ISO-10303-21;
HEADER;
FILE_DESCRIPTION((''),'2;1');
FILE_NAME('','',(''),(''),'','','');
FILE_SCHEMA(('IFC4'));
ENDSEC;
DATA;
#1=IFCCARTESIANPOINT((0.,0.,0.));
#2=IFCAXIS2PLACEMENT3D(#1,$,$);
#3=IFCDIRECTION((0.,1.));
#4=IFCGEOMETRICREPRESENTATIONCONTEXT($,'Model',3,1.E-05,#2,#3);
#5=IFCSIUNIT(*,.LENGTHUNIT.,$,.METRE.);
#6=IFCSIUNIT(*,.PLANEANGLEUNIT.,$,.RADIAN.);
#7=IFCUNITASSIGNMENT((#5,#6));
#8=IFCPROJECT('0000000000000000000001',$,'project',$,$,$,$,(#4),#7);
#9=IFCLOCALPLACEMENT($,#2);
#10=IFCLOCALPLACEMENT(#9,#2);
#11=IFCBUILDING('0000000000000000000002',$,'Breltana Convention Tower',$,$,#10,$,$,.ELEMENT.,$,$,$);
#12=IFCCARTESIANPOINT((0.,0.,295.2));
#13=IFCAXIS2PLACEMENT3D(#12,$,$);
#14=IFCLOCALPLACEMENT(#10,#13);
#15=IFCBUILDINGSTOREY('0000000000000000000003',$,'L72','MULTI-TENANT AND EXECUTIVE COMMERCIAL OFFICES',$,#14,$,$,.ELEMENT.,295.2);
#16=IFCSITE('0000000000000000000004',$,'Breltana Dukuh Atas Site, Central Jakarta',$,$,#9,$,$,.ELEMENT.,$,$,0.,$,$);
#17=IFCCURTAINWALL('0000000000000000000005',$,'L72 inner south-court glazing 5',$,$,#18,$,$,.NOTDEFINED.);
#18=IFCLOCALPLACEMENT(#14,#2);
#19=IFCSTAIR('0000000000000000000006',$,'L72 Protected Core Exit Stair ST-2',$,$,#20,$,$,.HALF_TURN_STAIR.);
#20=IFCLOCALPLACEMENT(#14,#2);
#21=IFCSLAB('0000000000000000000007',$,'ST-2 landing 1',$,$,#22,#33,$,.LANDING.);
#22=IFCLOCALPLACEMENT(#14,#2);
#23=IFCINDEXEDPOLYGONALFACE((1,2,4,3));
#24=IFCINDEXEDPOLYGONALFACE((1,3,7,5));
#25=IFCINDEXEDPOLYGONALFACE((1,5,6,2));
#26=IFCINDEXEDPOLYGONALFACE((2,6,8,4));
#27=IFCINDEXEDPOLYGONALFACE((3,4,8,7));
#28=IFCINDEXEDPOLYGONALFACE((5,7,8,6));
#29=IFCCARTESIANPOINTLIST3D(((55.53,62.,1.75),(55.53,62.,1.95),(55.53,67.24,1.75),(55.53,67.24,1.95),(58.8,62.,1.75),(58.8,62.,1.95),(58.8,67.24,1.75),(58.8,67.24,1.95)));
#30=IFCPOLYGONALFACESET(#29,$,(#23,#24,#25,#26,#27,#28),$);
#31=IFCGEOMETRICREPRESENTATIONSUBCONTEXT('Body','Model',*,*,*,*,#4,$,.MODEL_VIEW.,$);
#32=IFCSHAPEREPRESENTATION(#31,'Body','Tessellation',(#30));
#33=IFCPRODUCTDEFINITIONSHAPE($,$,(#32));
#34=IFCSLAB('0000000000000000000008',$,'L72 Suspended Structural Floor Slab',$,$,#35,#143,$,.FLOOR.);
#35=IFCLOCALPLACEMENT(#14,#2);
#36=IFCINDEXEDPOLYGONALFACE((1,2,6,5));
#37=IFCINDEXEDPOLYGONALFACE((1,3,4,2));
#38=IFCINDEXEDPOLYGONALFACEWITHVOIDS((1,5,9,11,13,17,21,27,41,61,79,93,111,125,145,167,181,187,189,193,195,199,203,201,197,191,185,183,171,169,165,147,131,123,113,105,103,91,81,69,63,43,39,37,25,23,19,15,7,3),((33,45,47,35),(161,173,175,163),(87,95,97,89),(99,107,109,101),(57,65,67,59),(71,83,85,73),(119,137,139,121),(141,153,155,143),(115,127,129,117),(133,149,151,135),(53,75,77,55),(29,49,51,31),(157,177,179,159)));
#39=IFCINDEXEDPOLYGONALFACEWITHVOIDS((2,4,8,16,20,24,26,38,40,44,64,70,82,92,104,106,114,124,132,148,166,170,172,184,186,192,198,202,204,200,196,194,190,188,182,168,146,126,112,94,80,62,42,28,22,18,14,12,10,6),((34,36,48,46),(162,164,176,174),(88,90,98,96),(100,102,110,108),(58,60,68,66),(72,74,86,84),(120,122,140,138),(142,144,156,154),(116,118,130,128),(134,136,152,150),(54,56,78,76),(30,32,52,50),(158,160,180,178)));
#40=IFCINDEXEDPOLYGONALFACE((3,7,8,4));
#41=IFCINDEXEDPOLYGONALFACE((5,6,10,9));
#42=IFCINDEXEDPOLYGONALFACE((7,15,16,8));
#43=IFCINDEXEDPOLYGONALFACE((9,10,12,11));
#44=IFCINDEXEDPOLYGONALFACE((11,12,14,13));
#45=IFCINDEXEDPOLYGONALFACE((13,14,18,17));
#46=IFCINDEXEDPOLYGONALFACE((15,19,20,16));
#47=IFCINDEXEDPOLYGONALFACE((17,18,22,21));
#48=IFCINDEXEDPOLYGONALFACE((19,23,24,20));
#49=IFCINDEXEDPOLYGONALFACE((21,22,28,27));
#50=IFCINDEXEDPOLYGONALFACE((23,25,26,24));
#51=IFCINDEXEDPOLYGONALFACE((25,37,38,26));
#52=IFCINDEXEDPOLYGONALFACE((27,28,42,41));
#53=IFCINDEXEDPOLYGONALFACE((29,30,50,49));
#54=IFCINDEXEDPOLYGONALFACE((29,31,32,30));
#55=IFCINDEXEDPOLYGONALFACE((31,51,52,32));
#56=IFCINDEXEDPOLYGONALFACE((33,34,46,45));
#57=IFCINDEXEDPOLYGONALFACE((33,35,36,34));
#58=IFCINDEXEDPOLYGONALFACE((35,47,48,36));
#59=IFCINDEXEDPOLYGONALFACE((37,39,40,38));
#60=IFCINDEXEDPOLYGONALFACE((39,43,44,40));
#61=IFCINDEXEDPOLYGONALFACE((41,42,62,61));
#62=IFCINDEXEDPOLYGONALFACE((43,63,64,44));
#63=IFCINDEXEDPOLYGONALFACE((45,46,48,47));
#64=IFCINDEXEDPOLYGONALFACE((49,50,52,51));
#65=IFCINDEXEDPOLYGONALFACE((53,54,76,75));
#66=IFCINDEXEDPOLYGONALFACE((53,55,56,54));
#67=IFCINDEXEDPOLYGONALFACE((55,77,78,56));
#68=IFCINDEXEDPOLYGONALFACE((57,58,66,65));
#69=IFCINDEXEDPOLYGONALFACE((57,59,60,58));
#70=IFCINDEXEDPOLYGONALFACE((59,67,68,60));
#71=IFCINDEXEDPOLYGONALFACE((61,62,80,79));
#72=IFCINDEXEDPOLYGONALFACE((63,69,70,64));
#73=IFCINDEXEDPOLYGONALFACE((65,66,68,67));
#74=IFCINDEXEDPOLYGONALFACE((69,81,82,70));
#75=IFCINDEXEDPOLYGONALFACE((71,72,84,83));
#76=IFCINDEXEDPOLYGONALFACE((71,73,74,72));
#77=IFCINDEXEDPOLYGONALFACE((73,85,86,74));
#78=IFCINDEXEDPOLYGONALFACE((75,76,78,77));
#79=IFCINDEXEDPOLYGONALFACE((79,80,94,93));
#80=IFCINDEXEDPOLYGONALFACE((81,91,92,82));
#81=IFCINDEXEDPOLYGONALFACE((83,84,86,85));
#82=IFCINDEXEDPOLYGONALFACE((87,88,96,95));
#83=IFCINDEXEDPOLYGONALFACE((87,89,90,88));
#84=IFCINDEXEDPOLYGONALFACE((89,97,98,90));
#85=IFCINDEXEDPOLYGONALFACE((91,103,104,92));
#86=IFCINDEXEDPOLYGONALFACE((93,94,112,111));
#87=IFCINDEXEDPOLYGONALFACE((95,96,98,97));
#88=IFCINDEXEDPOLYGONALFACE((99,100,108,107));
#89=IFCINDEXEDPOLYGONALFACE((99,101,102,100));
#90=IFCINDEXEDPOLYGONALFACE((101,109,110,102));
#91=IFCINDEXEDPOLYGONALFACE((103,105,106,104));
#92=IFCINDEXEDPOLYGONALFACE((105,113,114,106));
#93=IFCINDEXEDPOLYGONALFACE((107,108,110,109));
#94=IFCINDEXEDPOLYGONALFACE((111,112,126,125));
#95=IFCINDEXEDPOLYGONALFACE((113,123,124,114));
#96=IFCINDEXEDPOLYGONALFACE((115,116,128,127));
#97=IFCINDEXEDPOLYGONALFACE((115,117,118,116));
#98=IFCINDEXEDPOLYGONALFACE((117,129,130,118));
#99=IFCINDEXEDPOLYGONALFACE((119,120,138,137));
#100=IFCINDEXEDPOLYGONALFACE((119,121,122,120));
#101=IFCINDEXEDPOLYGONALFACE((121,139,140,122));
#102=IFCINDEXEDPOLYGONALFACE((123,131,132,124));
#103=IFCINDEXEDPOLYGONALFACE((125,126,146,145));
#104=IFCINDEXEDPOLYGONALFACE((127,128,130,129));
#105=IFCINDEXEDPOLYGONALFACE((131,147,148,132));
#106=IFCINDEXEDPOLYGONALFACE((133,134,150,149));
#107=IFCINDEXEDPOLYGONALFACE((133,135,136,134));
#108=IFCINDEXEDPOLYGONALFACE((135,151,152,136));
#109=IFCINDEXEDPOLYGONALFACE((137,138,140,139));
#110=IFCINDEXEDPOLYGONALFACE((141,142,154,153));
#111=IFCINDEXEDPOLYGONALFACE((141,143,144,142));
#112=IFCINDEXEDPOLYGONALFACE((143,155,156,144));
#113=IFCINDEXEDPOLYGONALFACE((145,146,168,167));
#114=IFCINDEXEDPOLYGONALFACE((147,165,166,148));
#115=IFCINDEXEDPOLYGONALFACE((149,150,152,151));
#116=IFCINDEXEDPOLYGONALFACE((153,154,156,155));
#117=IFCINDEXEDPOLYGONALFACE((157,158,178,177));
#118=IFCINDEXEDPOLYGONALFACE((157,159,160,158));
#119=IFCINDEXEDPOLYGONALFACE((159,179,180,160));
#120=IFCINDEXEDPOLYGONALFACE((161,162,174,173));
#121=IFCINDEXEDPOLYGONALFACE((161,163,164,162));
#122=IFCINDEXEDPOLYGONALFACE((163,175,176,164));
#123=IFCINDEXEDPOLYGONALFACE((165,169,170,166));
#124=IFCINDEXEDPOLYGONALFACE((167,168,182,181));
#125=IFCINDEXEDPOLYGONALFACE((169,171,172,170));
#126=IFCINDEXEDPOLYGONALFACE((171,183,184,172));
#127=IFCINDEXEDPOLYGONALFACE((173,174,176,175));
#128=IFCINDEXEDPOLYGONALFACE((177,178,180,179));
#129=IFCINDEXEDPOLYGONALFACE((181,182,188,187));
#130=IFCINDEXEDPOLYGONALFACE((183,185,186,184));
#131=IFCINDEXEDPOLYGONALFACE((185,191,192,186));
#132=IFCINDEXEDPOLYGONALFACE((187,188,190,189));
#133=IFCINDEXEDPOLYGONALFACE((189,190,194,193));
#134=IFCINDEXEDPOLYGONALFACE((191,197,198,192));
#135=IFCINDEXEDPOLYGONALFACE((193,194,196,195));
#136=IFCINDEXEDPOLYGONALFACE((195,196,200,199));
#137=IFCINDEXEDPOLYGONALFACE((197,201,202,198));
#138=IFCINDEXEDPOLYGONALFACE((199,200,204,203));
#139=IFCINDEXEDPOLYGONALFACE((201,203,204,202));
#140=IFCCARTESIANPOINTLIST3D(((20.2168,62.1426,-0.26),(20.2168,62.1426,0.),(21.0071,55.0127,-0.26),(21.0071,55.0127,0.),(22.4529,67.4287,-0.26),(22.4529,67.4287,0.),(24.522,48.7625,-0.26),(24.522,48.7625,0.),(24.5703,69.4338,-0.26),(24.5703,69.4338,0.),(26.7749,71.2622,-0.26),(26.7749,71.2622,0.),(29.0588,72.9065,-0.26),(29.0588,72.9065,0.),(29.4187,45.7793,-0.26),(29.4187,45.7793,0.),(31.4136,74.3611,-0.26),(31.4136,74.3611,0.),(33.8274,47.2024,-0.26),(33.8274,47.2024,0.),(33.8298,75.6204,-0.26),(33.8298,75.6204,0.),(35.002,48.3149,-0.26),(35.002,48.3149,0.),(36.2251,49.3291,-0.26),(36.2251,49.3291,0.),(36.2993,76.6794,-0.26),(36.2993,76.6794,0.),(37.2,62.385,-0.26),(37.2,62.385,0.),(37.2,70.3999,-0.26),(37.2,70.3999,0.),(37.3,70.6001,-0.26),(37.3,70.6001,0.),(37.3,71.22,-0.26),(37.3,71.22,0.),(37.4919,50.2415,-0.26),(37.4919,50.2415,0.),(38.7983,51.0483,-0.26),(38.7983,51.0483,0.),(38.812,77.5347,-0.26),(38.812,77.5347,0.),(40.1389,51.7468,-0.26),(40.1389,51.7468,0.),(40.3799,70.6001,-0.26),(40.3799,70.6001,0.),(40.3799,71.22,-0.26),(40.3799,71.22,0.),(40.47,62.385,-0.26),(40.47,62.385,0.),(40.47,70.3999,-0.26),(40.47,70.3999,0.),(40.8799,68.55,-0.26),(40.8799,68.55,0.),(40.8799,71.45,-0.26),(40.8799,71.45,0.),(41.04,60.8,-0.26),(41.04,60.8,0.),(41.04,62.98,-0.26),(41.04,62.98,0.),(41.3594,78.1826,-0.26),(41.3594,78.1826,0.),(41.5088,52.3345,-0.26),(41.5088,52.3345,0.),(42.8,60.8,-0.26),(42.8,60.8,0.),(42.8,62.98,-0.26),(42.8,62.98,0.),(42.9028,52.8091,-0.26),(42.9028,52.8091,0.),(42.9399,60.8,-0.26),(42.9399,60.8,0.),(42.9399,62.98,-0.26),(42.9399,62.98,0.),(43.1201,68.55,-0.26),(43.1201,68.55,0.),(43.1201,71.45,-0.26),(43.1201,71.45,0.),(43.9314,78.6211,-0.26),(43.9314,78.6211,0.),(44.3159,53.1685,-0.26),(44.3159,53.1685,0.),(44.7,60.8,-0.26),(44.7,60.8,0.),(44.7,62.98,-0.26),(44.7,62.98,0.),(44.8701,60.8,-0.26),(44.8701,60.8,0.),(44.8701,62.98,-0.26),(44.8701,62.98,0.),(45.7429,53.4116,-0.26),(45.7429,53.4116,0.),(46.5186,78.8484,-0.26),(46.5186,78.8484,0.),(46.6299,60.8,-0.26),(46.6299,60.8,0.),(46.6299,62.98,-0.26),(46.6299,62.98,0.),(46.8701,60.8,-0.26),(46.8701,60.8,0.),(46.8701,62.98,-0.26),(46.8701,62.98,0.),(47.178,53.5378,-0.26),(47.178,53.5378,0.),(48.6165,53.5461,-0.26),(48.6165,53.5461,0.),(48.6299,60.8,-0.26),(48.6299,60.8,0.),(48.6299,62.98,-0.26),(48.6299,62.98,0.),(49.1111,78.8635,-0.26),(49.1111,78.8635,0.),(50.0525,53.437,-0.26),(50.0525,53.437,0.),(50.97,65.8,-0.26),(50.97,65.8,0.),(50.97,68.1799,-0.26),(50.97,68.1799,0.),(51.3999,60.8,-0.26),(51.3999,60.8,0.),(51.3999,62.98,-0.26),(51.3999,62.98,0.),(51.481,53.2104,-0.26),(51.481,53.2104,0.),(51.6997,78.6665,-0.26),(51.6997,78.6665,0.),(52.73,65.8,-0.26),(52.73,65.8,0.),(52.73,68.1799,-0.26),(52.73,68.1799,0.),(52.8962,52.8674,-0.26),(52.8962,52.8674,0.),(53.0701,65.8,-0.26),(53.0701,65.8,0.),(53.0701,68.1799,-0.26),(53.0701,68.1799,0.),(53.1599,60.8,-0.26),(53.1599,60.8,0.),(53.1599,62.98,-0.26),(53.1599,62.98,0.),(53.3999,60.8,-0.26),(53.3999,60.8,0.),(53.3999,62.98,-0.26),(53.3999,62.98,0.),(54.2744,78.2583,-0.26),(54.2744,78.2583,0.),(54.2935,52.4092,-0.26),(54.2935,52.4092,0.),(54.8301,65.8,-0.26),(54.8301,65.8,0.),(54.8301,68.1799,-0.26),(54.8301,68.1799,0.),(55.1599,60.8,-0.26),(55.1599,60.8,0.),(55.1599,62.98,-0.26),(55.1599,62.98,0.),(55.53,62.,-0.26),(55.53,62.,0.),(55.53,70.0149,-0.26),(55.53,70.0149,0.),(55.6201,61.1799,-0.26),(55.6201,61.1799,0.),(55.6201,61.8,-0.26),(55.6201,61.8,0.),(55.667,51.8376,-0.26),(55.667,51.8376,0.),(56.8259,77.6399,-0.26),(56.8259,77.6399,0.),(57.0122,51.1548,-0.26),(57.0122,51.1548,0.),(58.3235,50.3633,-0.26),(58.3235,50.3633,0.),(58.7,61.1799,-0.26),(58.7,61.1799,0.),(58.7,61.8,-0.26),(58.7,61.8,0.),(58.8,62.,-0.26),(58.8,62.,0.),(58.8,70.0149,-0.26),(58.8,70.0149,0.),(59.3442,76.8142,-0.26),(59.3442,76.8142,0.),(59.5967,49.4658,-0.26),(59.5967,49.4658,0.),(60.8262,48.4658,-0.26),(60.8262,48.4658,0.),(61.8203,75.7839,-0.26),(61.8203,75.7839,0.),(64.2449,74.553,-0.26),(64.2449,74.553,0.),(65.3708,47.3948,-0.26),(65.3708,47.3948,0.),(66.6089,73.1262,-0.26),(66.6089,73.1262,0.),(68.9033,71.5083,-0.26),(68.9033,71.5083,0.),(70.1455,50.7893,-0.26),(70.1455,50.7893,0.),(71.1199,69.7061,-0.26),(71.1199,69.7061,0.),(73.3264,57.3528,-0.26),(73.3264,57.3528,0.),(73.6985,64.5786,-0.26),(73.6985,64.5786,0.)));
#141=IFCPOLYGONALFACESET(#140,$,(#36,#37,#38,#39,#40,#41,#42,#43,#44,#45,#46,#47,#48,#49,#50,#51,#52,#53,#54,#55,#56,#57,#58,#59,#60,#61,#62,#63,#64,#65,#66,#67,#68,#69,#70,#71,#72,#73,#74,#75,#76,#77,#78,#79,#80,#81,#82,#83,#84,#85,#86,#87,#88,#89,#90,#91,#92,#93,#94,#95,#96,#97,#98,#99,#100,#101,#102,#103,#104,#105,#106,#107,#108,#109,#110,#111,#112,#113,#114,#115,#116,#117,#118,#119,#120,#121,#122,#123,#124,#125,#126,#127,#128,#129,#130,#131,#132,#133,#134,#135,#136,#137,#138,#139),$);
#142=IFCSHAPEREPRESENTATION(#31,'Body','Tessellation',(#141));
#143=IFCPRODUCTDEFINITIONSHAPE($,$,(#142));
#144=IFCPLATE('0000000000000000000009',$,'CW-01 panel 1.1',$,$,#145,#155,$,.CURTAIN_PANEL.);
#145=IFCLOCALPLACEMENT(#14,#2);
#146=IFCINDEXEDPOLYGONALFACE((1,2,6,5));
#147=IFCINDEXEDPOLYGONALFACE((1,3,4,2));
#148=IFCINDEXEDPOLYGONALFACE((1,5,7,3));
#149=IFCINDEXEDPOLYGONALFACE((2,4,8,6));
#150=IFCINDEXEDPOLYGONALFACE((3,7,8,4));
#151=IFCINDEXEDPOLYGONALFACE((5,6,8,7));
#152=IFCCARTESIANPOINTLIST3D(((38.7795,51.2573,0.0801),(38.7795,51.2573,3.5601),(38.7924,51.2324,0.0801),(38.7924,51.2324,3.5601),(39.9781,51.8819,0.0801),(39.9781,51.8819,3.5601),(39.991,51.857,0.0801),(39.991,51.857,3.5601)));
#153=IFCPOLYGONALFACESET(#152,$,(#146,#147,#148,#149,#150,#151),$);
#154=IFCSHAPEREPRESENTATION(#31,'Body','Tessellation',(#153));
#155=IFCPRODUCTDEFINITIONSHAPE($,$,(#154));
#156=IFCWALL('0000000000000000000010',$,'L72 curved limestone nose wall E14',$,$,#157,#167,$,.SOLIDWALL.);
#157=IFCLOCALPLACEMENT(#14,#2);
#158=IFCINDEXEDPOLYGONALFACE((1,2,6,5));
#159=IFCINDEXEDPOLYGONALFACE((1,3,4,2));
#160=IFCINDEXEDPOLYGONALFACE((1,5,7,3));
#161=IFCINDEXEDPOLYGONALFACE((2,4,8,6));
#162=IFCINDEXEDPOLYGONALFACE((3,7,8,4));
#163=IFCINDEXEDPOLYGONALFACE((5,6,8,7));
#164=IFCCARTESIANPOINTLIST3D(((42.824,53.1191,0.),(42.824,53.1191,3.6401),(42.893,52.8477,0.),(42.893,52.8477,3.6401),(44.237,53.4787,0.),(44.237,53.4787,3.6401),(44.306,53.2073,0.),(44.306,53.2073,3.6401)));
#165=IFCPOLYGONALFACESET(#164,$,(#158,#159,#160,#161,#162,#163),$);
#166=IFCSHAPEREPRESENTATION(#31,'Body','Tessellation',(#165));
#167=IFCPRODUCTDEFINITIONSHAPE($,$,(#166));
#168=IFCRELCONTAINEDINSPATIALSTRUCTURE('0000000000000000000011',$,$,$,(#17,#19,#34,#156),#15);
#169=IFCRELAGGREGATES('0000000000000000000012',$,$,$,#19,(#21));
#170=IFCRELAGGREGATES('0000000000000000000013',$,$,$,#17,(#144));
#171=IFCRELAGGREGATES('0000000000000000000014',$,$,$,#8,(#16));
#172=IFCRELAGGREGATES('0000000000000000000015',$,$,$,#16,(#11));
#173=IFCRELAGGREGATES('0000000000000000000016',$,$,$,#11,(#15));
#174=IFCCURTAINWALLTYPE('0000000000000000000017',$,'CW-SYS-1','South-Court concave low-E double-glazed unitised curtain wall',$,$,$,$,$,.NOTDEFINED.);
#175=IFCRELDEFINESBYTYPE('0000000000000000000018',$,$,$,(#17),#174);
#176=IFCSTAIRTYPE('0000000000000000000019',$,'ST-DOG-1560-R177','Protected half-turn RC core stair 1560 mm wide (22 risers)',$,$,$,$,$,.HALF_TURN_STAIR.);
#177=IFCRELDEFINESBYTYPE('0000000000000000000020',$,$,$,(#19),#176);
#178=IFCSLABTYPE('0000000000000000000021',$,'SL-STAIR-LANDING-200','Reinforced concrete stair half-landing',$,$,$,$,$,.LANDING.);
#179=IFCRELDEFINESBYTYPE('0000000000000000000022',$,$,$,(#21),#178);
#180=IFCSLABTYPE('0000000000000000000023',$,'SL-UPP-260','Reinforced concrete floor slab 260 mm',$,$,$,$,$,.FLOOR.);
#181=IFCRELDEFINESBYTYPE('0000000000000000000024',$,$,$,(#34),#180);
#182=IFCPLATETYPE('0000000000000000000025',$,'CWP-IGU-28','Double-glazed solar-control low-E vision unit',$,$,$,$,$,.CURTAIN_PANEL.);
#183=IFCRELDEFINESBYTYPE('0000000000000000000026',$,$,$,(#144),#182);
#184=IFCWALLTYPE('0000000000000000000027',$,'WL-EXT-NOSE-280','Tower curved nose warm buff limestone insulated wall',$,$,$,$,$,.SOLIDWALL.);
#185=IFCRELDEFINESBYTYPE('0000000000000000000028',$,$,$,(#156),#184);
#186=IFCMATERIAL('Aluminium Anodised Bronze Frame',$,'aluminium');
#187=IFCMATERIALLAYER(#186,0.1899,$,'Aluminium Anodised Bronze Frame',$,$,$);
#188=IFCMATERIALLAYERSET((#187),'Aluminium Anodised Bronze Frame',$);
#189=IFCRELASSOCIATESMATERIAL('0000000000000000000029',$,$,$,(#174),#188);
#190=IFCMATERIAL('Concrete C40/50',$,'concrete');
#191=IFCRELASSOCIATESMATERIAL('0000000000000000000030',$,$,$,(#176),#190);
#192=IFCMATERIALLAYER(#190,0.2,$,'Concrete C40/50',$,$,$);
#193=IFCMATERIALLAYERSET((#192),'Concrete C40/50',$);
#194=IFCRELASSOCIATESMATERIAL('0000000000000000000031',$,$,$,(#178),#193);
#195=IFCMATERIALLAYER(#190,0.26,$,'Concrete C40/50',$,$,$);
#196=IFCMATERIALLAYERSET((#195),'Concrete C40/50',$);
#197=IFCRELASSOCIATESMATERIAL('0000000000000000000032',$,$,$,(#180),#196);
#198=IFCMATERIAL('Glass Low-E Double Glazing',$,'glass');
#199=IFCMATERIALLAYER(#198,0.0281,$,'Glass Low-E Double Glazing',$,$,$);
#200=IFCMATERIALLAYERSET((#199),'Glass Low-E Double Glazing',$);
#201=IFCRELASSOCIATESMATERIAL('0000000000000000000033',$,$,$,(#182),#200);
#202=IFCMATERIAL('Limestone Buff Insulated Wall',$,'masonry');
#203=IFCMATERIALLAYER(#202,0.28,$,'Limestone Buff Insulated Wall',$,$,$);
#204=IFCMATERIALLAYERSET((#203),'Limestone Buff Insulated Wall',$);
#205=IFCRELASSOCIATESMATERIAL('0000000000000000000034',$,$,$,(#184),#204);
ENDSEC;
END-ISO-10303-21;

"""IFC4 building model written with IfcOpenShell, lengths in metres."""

from ifc_helpers import new_model, si_unit, direction, frame, frame_2d, origin, origin_2d, place, context, subcontext, project, spatial, polyline, rectangle, outline, extrude, source, transform, mapped, material, layer, layer_set, type_object, element, aggregate, save


model = new_model("IFC4")

# Units and contexts
model_context = context("Model", 3, precision=1e-05, world=origin(), true_north=direction((0.0, 1.0)))
body_context = subcontext(model_context, "Body", "Model", "MODEL_VIEW")
ifc_project = project(units=[si_unit("LENGTHUNIT", "METRE"), si_unit("PLANEANGLEUNIT", "RADIAN")], contexts=[model_context])

# Site, building, storey
site_placement = place(None, origin())
site = spatial("IfcSite", under=ifc_project, at=site_placement, Name="Breltana Dukuh Atas Site, Central Jakarta", CompositionType="ELEMENT", RefElevation=0.0)
building_placement = place(site_placement, origin())
building = spatial("IfcBuilding", under=site, at=building_placement, Name="Breltana Convention Tower", CompositionType="ELEMENT")
storey_placement = place(building_placement, frame((0.0, 0.0, 295.2)))
storey = spatial("IfcBuildingStorey", under=building, at=storey_placement, Name="L72", Description="MULTI-TENANT AND EXECUTIVE COMMERCIAL OFFICES", CompositionType="ELEMENT", Elevation=295.2)

# Curtain wall
ifc_material_1 = material(Name="Aluminium Anodised Bronze Frame", Category="aluminium")
ifc_layer_1 = layer(ifc_material_1, 0.1899, Name="Aluminium Anodised Bronze Frame")
ifc_layer_set_1 = layer_set([ifc_layer_1], Name="Aluminium Anodised Bronze Frame")
curtain_wall_type = type_object("IfcCurtainWallType", Name="CW-SYS-1", Description="South-Court concave low-E double-glazed unitised curtain wall", PredefinedType="NOTDEFINED", material=ifc_layer_set_1)
curtain_wall_placement = place(storey_placement, origin())
curtain_wall = element("IfcCurtainWall", 1, at=curtain_wall_placement, inside=storey, type_object=curtain_wall_type, Name="L72 inner south-court glazing 5", PredefinedType="NOTDEFINED")

# Stair, slab
ifc_material_2 = material(Name="Concrete C40/50", Category="concrete")
stair_type = type_object("IfcStairType", Name="ST-DOG-1560-R177", Description="Protected half-turn RC core stair 1560 mm wide (22 risers)", PredefinedType="HALF_TURN_STAIR", material=ifc_material_2)
ifc_layer_2 = layer(ifc_material_2, 0.2, Name="Concrete C40/50")
ifc_layer_set_2 = layer_set([ifc_layer_2], Name="Concrete C40/50")
slab_type_1 = type_object("IfcSlabType", Name="SL-STAIR-LANDING-200", Description="Reinforced concrete stair half-landing", PredefinedType="LANDING", material=ifc_layer_set_2)
stair_1_placement = place(storey_placement, origin())
stair_1 = element("IfcStair", 2, at=stair_1_placement, inside=storey, type_object=stair_type, Name="L72 Protected Core Exit Stair ST-2", PredefinedType="HALF_TURN_STAIR")
slab_1_placement = place(storey_placement, frame((0.0, 0.0, 1.75)))
slab_1 = element("IfcSlab", 3, at=slab_1_placement, type_object=slab_type_1, Name="ST-2 landing 1", PredefinedType="LANDING", context=body_context, shape_type="SweptSolid", body=[
    extrude(outline(polyline([(55.53, 67.24), (55.53, 62.0), (58.8, 62.0), (58.8, 67.24), (55.53, 67.24)])), origin(), (0.0, 0.0, 1.0), 0.2),
])
aggregate(stair_1, [slab_1])

# Slab
ifc_layer_3 = layer(ifc_material_2, 0.26, Name="Concrete C40/50")
ifc_layer_set_3 = layer_set([ifc_layer_3], Name="Concrete C40/50")
slab_type_2 = type_object("IfcSlabType", Name="SL-UPP-260", Description="Reinforced concrete floor slab 260 mm", PredefinedType="FLOOR", material=ifc_layer_set_3)
slab_2_placement = place(storey_placement, frame((0.0, 0.0, -0.26)))
element("IfcSlab", 4, at=slab_2_placement, inside=storey, type_object=slab_type_2, Name="L72 Suspended Structural Floor Slab", PredefinedType="FLOOR", context=body_context, shape_type="SweptSolid", body=[
    extrude(outline(polyline([(71.1199, 69.7061), (68.9033, 71.5083), (66.6089, 73.1262), (64.2449, 74.553), (61.8203, 75.7839), (59.3442, 76.8142), (56.8259, 77.6399), (54.2744, 78.2583), (51.6997, 78.6665), (49.1111, 78.8635), (46.5186, 78.8484), (43.9314, 78.6211), (41.3594, 78.1826), (38.812, 77.5347), (36.2993, 76.6794), (33.8298, 75.6204), (31.4136, 74.3611), (29.0588, 72.9065), (26.7749, 71.2622), (24.5703, 69.4338), (22.4529, 67.4287), (20.2168, 62.1426), (21.0071, 55.0127), (24.522, 48.7625), (29.4187, 45.7793), (33.8274, 47.2024), (35.002, 48.3149), (36.2251, 49.3291), (37.4919, 50.2415), (38.7983, 51.0483), (40.1389, 51.7468), (41.5088, 52.3345), (42.9028, 52.8091), (44.3159, 53.1685), (45.7429, 53.4116), (47.178, 53.5378), (48.6165, 53.5461), (50.0525, 53.437), (51.481, 53.2104), (52.8962, 52.8674), (54.2935, 52.4092), (55.667, 51.8376), (57.0122, 51.1548), (58.3235, 50.3633), (59.5967, 49.4658), (60.8262, 48.4658), (65.3708, 47.3948), (70.1455, 50.7893), (73.3264, 57.3528), (73.6985, 64.5786), (71.1199, 69.7061)]), holes=[polyline([(37.2, 62.385), (40.47, 62.385), (40.47, 70.3999), (37.2, 70.3999), (37.2, 62.385)]), polyline([(55.53, 62.0), (58.8, 62.0), (58.8, 70.0149), (55.53, 70.0149), (55.53, 62.0)]), polyline([(41.04, 60.8), (42.8, 60.8), (42.8, 62.98), (41.04, 62.98), (41.04, 60.8)]), polyline([(42.9399, 60.8), (44.7, 60.8), (44.7, 62.98), (42.9399, 62.98), (42.9399, 60.8)]), polyline([(44.8701, 60.8), (46.6299, 60.8), (46.6299, 62.98), (44.8701, 62.98), (44.8701, 60.8)]), polyline([(46.8701, 60.8), (48.6299, 60.8), (48.6299, 62.98), (46.8701, 62.98), (46.8701, 60.8)]), polyline([(51.3999, 60.8), (53.1599, 60.8), (53.1599, 62.98), (51.3999, 62.98), (51.3999, 60.8)]), polyline([(53.3999, 60.8), (55.1599, 60.8), (55.1599, 62.98), (53.3999, 62.98), (53.3999, 60.8)]), polyline([(50.97, 65.8), (52.73, 65.8), (52.73, 68.1799), (50.97, 68.1799), (50.97, 65.8)]), polyline([(53.0701, 65.8), (54.8301, 65.8), (54.8301, 68.1799), (53.0701, 68.1799), (53.0701, 65.8)]), polyline([(40.8799, 68.55), (43.1201, 68.55), (43.1201, 71.45), (40.8799, 71.45), (40.8799, 68.55)]), polyline([(37.3, 70.6001), (40.3799, 70.6001), (40.3799, 71.22), (37.3, 71.22), (37.3, 70.6001)]), polyline([(55.6201, 61.1799), (58.7, 61.1799), (58.7, 61.8), (55.6201, 61.8), (55.6201, 61.1799)])]), origin(), (0.0, 0.0, 1.0), 0.26),
])

# Plate
ifc_material_3 = material(Name="Glass Low-E Double Glazing", Category="glass")
ifc_layer_4 = layer(ifc_material_3, 0.0281, Name="Glass Low-E Double Glazing")
ifc_layer_set_4 = layer_set([ifc_layer_4], Name="Glass Low-E Double Glazing")
plate_type = type_object("IfcPlateType", Name="CWP-IGU-28", Description="Double-glazed solar-control low-E vision unit", PredefinedType="CURTAIN_PANEL", material=ifc_layer_set_4)
shared_shape_1 = source(origin(), body_context, "Body", "SweptSolid", [
    extrude(rectangle(XDim=1.3516, YDim=0.0281, at=origin_2d()), origin(), (0.0, 0.0, 1.0), 3.48),
])
plate_placement = place(storey_placement, frame((39.3853, 51.5571, 0.0801), z_axis=(0.0, 0.0, 1.0), x_axis=(-0.886827, -0.462102, 0.0)))
plate = element("IfcPlate", 5, at=plate_placement, type_object=plate_type, Name="CW-01 panel 1.1", PredefinedType="CURTAIN_PANEL", context=body_context, shape_type="MappedRepresentation", body=[
    mapped(shared_shape_1, transform((0.0, 0.0, 0.0), scale=1.0)),
])
aggregate(curtain_wall, [plate])

# Wall
ifc_material_4 = material(Name="Limestone Buff Insulated Wall", Category="masonry")
ifc_layer_5 = layer(ifc_material_4, 0.28, Name="Limestone Buff Insulated Wall")
ifc_layer_set_5 = layer_set([ifc_layer_5], Name="Limestone Buff Insulated Wall")
wall_type_1 = type_object("IfcWallType", Name="WL-EXT-NOSE-280", Description="Tower curved nose warm buff limestone insulated wall", PredefinedType="SOLIDWALL", material=ifc_layer_set_5)
shared_shape_2 = source(origin(), body_context, "Body", "SweptSolid", [
    extrude(rectangle(XDim=1.458, YDim=0.28, at=frame_2d((0.729, 0.0))), origin(), (0.0, 0.0, 1.0), 3.6401),
])
wall_1_placement = place(storey_placement, frame((44.2715, 53.343, 0.0), z_axis=(0.0, 0.0, 1.0), x_axis=(-0.96911, -0.246631, 0.0)))
element("IfcWall", 6, at=wall_1_placement, inside=storey, type_object=wall_type_1, Name="L72 curved limestone nose wall E14", PredefinedType="SOLIDWALL", context=body_context, shape_type="MappedRepresentation", body=[
    mapped(shared_shape_2, transform((0.0, 0.0, 0.0), scale=1.0)),
])

save(model, "model.ifc")
